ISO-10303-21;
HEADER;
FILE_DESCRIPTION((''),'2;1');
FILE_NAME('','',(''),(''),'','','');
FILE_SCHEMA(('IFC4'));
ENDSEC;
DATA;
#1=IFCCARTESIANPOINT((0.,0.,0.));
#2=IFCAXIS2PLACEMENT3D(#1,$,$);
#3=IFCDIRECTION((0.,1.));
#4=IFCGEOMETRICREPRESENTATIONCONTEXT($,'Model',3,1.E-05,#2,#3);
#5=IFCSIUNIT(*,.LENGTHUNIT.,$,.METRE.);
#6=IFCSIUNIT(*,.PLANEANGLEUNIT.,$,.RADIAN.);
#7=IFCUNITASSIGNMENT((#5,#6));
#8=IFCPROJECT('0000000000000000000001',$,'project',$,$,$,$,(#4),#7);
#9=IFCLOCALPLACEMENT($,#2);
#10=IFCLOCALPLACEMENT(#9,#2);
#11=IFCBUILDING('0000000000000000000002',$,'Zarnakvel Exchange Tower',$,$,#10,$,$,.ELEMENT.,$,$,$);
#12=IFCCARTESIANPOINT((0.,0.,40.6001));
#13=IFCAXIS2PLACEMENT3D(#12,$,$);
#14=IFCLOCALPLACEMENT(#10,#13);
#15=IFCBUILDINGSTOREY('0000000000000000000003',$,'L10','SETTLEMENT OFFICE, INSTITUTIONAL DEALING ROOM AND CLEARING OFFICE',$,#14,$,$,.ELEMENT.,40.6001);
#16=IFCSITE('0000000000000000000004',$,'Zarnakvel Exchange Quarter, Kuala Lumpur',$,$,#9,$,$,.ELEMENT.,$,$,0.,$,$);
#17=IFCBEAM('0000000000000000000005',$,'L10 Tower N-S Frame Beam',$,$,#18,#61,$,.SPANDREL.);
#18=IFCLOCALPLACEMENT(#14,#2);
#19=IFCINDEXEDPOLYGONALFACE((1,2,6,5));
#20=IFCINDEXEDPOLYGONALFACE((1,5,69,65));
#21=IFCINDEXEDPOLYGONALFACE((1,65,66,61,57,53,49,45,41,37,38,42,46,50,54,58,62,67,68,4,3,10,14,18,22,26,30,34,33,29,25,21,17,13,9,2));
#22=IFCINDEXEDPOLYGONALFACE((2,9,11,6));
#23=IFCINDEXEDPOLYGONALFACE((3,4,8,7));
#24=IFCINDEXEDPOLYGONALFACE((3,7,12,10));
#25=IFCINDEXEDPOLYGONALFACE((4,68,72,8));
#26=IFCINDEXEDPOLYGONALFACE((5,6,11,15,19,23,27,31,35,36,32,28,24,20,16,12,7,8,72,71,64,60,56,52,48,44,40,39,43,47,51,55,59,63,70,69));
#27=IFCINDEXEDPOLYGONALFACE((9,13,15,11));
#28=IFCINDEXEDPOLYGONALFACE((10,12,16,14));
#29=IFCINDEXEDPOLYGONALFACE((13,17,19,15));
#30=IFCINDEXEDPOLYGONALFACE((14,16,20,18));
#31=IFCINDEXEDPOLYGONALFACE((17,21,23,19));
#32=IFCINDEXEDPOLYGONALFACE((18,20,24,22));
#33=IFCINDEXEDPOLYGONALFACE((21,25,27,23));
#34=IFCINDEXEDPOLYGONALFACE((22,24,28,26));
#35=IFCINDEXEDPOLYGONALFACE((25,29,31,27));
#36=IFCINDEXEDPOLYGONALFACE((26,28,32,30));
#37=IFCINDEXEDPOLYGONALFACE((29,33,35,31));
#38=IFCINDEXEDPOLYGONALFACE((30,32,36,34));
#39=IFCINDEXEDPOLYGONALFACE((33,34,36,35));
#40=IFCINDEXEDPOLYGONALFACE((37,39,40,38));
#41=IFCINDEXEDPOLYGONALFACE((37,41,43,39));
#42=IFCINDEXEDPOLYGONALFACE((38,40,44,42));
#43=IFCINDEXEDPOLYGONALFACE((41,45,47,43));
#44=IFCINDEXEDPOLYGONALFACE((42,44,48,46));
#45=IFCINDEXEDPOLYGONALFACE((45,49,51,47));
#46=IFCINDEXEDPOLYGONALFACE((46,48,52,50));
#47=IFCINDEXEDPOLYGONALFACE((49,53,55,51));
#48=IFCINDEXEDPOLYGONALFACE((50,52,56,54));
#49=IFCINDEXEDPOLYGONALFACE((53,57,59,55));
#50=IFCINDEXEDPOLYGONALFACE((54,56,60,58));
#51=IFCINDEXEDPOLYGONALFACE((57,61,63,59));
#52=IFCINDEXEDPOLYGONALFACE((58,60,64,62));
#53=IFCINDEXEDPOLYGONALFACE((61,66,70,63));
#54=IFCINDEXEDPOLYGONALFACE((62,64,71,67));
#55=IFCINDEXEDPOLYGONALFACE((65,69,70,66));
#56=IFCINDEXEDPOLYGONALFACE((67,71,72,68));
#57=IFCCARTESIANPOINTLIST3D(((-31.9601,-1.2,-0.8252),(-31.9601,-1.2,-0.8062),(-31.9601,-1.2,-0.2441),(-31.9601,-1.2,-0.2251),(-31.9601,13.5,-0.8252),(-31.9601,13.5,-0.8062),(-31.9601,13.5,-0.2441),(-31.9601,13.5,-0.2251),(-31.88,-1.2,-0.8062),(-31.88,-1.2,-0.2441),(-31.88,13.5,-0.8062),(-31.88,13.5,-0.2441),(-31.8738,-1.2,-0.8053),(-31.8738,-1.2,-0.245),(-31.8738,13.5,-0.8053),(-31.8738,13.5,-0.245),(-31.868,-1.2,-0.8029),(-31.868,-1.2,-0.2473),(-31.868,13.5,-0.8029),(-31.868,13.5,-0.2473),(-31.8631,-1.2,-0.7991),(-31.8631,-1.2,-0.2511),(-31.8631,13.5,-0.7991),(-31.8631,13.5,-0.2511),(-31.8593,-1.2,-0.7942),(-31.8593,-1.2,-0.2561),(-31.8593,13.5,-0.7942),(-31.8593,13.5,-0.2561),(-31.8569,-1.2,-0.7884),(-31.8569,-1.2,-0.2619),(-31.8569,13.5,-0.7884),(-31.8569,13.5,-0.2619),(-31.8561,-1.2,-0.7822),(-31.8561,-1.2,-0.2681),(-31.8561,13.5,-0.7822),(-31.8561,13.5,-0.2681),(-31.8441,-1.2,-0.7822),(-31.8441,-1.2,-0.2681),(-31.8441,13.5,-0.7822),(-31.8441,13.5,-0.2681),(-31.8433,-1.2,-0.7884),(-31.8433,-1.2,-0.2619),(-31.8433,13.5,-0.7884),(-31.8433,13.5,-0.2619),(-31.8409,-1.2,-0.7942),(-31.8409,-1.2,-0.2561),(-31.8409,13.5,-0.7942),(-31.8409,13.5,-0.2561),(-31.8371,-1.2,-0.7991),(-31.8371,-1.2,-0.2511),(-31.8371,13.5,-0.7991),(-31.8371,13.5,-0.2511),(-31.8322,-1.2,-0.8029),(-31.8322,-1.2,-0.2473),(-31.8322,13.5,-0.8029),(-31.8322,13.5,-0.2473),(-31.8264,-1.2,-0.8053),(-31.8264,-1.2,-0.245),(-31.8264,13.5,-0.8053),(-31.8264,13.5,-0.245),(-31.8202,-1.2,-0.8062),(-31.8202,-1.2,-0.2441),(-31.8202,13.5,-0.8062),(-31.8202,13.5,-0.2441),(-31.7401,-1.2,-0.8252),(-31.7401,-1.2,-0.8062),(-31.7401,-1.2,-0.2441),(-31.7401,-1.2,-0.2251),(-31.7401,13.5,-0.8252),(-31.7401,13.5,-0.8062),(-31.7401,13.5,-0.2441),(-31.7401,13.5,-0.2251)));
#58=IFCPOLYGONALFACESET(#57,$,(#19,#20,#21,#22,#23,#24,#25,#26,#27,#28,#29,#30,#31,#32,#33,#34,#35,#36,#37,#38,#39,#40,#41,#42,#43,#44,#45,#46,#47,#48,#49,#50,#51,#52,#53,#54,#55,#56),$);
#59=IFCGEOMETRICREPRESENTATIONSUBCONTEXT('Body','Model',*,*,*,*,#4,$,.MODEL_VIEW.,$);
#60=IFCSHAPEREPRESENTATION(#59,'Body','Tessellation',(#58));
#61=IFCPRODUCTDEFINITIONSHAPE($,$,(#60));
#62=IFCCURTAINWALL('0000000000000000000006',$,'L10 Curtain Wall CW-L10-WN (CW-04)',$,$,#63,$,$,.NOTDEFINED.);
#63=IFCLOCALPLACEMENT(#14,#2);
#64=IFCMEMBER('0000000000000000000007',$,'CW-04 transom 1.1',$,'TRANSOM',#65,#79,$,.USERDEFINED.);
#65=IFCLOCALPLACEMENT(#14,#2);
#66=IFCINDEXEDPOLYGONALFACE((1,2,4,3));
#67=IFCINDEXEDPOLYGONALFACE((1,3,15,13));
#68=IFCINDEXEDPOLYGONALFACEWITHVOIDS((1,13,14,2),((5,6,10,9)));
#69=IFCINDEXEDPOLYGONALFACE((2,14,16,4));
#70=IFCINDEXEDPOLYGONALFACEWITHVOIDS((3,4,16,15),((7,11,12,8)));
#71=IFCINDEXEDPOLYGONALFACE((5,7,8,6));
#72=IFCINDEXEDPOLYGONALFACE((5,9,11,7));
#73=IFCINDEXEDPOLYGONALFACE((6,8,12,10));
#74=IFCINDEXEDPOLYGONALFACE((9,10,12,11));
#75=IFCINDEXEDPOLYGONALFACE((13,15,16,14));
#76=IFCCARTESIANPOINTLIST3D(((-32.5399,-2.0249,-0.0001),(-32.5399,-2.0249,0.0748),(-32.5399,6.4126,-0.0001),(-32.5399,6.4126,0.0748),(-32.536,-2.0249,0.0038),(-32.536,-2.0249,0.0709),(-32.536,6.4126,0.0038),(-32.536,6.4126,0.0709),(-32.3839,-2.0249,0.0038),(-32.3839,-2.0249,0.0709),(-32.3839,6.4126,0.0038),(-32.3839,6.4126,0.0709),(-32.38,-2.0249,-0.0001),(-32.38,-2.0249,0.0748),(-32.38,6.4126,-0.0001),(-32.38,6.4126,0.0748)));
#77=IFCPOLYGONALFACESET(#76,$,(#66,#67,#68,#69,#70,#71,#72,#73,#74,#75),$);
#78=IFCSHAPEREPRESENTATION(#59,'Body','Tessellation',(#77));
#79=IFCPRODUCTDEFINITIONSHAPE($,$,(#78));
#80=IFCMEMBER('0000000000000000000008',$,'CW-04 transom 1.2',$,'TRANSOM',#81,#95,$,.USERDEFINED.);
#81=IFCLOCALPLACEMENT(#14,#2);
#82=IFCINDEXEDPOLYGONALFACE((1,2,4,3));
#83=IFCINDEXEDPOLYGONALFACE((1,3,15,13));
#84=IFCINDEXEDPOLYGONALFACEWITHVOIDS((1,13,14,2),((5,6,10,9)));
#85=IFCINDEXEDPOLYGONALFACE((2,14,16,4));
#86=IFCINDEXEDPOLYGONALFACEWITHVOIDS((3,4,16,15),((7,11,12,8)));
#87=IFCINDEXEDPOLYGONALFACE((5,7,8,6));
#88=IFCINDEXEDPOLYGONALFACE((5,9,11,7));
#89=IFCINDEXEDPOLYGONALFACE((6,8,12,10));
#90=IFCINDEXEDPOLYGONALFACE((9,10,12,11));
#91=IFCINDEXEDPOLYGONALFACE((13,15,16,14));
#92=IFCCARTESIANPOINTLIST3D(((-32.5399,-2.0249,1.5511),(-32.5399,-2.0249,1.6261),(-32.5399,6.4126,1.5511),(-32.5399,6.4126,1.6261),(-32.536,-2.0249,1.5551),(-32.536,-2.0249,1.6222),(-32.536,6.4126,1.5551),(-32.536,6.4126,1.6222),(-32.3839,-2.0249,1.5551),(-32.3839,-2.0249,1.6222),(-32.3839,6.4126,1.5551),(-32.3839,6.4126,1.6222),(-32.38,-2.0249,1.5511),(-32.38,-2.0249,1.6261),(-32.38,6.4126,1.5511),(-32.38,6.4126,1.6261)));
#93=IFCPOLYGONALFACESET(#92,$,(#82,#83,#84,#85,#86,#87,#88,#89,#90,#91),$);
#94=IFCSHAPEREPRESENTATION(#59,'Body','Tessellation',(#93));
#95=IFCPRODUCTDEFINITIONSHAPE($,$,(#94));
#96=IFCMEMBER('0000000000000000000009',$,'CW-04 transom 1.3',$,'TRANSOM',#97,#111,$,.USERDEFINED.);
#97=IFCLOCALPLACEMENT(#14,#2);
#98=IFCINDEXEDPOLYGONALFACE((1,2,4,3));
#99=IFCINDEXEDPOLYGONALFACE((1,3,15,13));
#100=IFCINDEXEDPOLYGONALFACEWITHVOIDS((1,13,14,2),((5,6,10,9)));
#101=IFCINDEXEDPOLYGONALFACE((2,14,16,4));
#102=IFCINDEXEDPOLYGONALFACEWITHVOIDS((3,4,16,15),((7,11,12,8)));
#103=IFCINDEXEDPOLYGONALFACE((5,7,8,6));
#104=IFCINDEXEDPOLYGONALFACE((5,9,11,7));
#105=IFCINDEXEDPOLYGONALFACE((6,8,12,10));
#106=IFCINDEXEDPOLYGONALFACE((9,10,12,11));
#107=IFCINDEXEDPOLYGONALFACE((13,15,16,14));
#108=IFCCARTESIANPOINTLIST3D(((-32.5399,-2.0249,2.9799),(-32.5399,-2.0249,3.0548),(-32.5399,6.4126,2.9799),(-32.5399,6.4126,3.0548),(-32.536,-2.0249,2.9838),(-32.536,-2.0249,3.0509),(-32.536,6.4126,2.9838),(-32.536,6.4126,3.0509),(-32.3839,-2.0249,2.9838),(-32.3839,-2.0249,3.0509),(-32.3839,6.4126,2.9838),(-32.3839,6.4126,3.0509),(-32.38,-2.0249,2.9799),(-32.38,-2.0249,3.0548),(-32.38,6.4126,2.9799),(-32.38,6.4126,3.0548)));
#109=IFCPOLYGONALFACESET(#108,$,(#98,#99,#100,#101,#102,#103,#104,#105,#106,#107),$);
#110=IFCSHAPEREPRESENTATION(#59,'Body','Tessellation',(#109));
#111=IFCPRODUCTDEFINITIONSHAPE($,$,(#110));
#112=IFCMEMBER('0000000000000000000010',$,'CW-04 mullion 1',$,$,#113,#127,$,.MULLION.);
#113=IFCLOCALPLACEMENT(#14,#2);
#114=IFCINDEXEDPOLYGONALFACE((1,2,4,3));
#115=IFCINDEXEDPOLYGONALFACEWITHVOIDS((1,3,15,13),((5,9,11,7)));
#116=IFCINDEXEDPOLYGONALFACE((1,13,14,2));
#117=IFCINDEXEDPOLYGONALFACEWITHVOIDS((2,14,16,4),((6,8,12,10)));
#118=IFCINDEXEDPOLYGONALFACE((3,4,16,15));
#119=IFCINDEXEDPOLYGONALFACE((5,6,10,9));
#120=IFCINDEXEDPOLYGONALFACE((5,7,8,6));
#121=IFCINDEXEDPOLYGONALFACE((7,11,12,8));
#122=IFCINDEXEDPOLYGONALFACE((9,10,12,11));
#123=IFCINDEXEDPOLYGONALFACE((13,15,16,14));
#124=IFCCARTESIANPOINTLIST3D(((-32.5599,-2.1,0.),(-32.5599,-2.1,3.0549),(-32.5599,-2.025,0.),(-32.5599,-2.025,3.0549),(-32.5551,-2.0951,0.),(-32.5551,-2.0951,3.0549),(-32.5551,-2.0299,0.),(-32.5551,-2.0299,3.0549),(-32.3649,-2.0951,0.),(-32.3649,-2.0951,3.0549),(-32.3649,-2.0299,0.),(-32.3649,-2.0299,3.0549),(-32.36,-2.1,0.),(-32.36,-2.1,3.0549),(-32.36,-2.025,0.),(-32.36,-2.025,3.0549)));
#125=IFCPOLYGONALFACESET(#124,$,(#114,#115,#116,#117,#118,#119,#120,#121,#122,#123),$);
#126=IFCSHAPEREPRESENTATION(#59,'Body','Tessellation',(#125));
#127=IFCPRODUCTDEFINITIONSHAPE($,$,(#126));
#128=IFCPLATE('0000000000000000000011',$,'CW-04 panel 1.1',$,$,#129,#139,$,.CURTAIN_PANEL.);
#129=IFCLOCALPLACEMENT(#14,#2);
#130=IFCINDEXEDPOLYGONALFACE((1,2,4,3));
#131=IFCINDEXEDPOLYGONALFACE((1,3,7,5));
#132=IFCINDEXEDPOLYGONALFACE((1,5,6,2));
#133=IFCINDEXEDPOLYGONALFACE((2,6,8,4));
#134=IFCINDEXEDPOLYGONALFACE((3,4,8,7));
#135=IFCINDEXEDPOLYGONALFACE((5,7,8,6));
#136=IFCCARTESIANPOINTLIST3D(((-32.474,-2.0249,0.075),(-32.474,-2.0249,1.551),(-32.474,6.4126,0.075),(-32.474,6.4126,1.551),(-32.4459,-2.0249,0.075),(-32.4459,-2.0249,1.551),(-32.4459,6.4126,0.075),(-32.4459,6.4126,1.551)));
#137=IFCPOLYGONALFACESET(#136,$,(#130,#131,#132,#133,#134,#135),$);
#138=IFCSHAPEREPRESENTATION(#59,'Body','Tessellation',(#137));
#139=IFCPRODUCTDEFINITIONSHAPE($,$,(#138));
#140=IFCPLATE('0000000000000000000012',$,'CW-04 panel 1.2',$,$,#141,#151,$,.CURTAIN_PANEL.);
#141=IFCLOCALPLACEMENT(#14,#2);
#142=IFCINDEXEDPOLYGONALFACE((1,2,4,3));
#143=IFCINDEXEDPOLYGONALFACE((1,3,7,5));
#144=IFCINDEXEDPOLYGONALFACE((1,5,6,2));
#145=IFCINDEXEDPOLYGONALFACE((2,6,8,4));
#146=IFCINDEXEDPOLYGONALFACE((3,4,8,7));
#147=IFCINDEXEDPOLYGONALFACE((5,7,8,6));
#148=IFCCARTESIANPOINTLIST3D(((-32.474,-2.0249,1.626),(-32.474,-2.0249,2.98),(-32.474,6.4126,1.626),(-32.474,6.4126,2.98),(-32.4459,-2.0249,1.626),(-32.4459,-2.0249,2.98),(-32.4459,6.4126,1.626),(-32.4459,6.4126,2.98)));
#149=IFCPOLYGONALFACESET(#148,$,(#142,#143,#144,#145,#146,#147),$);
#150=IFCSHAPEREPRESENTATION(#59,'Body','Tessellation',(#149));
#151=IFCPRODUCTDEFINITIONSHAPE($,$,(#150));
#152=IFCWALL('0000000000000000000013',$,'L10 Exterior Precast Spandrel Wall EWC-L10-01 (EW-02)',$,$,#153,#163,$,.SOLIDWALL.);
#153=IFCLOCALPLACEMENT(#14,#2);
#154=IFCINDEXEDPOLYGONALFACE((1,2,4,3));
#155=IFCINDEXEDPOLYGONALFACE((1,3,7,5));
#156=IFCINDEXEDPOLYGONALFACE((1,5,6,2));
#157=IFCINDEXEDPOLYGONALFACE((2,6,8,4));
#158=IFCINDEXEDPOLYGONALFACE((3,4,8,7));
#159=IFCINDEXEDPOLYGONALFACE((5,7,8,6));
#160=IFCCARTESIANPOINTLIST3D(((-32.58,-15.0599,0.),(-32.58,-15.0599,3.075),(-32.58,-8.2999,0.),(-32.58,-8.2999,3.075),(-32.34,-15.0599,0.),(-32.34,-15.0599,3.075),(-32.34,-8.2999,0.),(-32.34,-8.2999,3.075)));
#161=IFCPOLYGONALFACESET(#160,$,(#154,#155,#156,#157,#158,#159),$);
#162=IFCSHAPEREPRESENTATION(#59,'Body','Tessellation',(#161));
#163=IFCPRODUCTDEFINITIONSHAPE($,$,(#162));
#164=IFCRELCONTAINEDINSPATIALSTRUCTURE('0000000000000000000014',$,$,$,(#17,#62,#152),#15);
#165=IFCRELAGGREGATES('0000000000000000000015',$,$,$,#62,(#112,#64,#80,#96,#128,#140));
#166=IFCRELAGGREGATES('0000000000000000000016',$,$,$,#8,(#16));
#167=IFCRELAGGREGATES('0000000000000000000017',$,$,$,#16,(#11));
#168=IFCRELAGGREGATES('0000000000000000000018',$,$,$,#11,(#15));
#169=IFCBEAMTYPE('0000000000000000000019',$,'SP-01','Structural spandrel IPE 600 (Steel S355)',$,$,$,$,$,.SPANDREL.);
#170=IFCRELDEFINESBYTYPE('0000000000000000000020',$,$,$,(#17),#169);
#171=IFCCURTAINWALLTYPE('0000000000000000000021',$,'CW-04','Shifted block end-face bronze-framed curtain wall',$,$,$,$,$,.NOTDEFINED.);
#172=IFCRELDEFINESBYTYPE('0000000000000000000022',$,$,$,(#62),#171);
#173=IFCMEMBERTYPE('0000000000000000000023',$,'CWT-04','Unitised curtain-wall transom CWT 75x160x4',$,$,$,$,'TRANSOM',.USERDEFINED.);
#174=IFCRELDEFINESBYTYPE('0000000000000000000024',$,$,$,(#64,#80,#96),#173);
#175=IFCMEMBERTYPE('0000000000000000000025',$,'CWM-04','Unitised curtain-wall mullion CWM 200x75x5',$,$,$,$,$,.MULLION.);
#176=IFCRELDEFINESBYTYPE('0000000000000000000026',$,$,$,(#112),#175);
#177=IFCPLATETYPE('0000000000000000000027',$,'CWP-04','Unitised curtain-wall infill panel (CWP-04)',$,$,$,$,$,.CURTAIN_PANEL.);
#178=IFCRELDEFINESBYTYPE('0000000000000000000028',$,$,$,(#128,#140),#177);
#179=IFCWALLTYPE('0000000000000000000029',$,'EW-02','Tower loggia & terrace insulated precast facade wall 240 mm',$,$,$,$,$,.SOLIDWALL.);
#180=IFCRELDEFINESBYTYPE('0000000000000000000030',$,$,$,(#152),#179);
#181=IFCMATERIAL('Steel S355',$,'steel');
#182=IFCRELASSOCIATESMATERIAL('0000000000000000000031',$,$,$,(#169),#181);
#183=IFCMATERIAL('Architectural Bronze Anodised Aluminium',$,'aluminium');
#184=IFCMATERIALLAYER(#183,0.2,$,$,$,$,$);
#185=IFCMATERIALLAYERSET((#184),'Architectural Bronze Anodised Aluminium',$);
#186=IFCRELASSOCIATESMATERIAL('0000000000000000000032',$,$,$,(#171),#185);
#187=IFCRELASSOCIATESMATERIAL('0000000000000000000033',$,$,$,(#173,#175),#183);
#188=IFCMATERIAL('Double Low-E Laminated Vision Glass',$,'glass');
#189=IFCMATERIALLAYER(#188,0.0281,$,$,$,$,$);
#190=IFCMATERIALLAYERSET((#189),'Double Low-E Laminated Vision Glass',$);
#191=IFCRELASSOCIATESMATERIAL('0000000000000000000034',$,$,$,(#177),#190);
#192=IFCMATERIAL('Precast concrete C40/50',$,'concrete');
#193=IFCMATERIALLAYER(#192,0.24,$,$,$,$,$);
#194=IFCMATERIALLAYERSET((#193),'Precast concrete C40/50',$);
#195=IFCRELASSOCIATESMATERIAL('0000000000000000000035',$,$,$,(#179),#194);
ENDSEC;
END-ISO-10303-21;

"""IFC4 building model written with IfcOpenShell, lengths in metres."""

from ifc_helpers import new_model, si_unit, direction, frame, frame_2d, origin, origin_2d, place, context, subcontext, project, spatial, rectangle, hollow_rectangle, i_section, extrude, source, transform, mapped, material, layer, layer_set, material_profile, profile_set, type_object, element, aggregate, save


model = new_model("IFC4")

# Units and contexts
model_context = context("Model", 3, precision=1e-05, world=origin(), true_north=direction((0.0, 1.0)))
body_context = subcontext(model_context, "Body", "Model", "MODEL_VIEW")
ifc_project = project(units=[si_unit("LENGTHUNIT", "METRE"), si_unit("PLANEANGLEUNIT", "RADIAN")], contexts=[model_context])

# Site, building, storey
site_placement = place(None, origin())
site = spatial("IfcSite", under=ifc_project, at=site_placement, Name="Zarnakvel Exchange Quarter, Kuala Lumpur", CompositionType="ELEMENT", RefElevation=0.0)
building_placement = place(site_placement, origin())
building = spatial("IfcBuilding", under=site, at=building_placement, Name="Zarnakvel Exchange Tower", CompositionType="ELEMENT")
storey_placement = place(building_placement, frame((0.0, 0.0, 40.6001)))
storey = spatial("IfcBuildingStorey", under=building, at=storey_placement, Name="L10", Description="SETTLEMENT OFFICE, INSTITUTIONAL DEALING ROOM AND CLEARING OFFICE", CompositionType="ELEMENT", Elevation=40.6001)

# Shared definitions
ifc_material_1 = material(Name="Steel S355", Category="steel")

# Beam
ifc_material_profile_1 = material_profile(ifc_material_1, i_section(OverallWidth=0.22, OverallDepth=0.6001, WebThickness=0.012, FlangeThickness=0.019, FilletRadius=0.0239, at=origin_2d()))
ifc_profile_set_1 = profile_set([ifc_material_profile_1], Name="Steel S355")
beam_type_1 = type_object("IfcBeamType", Name="SP-01", Description="Structural spandrel IPE 600 (Steel S355)", PredefinedType="SPANDREL", material=ifc_profile_set_1)
beam_1_placement = place(storey_placement, frame((-31.8501, -1.2, -0.5251), z_axis=(0.0, 1.0, 0.0), x_axis=(-1.0, 0.0, 0.0)))
element("IfcBeam", 1, at=beam_1_placement, inside=storey, type_object=beam_type_1, Name="L10 Tower N-S Frame Beam", PredefinedType="SPANDREL", context=body_context, shape_type="SweptSolid", body=[
    extrude(i_section(OverallWidth=0.22, OverallDepth=0.6001, WebThickness=0.012, FlangeThickness=0.019, FilletRadius=0.0239, at=origin_2d()), origin(), (0.0, 0.0, 1.0), 14.7),
])

# Curtain wall, members, plates
ifc_material_2 = material(Name="Architectural Bronze Anodised Aluminium", Category="aluminium")
ifc_layer_1 = layer(ifc_material_2, 0.2)
ifc_layer_set_1 = layer_set([ifc_layer_1], Name="Architectural Bronze Anodised Aluminium")
curtain_wall_type = type_object("IfcCurtainWallType", Name="CW-04", Description="Shifted block end-face bronze-framed curtain wall", PredefinedType="NOTDEFINED", material=ifc_layer_set_1)
curtain_wall_placement = place(storey_placement, origin())
curtain_wall = element("IfcCurtainWall", 2, at=curtain_wall_placement, inside=storey, type_object=curtain_wall_type, Name="L10 Curtain Wall CW-L10-WN (CW-04)", PredefinedType="NOTDEFINED")
ifc_material_profile_2 = material_profile(ifc_material_2, hollow_rectangle(XDim=0.1599, YDim=0.075, WallThickness=0.0039, at=origin_2d()))
ifc_profile_set_2 = profile_set([ifc_material_profile_2], Name="Architectural Bronze Anodised Aluminium")
member_type_1 = type_object("IfcMemberType", Name="CWT-04", Description="Unitised curtain-wall transom CWT 75x160x4", ElementType="TRANSOM", PredefinedType="USERDEFINED", material=ifc_profile_set_2)
shared_shape_1 = source(origin(), body_context, "Body", "SweptSolid", [
    extrude(hollow_rectangle(XDim=0.1599, YDim=0.075, WallThickness=0.0039, at=origin_2d()), origin(), (0.0, 0.0, 1.0), 8.4375),
])
member_1_placement = place(storey_placement, frame((-32.46, -2.0249, 0.0374), z_axis=(0.0, 1.0, 0.0), x_axis=(-1.0, 0.0, 0.0)))
member_1 = element("IfcMember", 3, at=member_1_placement, type_object=member_type_1, Name="CW-04 transom 1.1", ObjectType="TRANSOM", PredefinedType="USERDEFINED", context=body_context, shape_type="MappedRepresentation", body=[
    mapped(shared_shape_1, transform((0.0, 0.0, 0.0), x_axis=(1.0, 0.0, 0.0), y_axis=(0.0, 1.0, 0.0), z_axis=(0.0, 0.0, 1.0), scale=1.0)),
])
member_2_placement = place(storey_placement, frame((-32.46, -2.0249, 1.5886), z_axis=(0.0, 1.0, 0.0), x_axis=(-1.0, 0.0, 0.0)))
member_2 = element("IfcMember", 4, at=member_2_placement, type_object=member_type_1, Name="CW-04 transom 1.2", ObjectType="TRANSOM", PredefinedType="USERDEFINED", context=body_context, shape_type="MappedRepresentation", body=[
    mapped(shared_shape_1, transform((0.0, 0.0, 0.0), x_axis=(1.0, 0.0, 0.0), y_axis=(0.0, 1.0, 0.0), z_axis=(0.0, 0.0, 1.0), scale=1.0)),
])
member_3_placement = place(storey_placement, frame((-32.46, -2.0249, 3.0173), z_axis=(0.0, 1.0, 0.0), x_axis=(-1.0, 0.0, 0.0)))
member_3 = element("IfcMember", 5, at=member_3_placement, type_object=member_type_1, Name="CW-04 transom 1.3", ObjectType="TRANSOM", PredefinedType="USERDEFINED", context=body_context, shape_type="MappedRepresentation", body=[
    mapped(shared_shape_1, transform((0.0, 0.0, 0.0), x_axis=(1.0, 0.0, 0.0), y_axis=(0.0, 1.0, 0.0), z_axis=(0.0, 0.0, 1.0), scale=1.0)),
])
ifc_material_profile_3 = material_profile(ifc_material_2, hollow_rectangle(XDim=0.2, YDim=0.075, WallThickness=0.0049, at=origin_2d()))
ifc_profile_set_3 = profile_set([ifc_material_profile_3], Name="Architectural Bronze Anodised Aluminium")
member_type_2 = type_object("IfcMemberType", Name="CWM-04", Description="Unitised curtain-wall mullion CWM 200x75x5", PredefinedType="MULLION", material=ifc_profile_set_3)
shared_shape_2 = source(origin(), body_context, "Body", "SweptSolid", [
    extrude(hollow_rectangle(XDim=0.2, YDim=0.075, WallThickness=0.0049, at=origin_2d()), origin(), (0.0, 0.0, 1.0), 3.0549),
])
member_4_placement = place(storey_placement, frame((-32.46, -2.0625, 0.0), z_axis=(0.0, 0.0, 1.0), x_axis=(-1.0, 0.0, 0.0)))
member_4 = element("IfcMember", 6, at=member_4_placement, type_object=member_type_2, Name="CW-04 mullion 1", PredefinedType="MULLION", context=body_context, shape_type="MappedRepresentation", body=[
    mapped(shared_shape_2, transform((0.0, 0.0, 0.0), x_axis=(1.0, 0.0, 0.0), y_axis=(0.0, 1.0, 0.0), z_axis=(0.0, 0.0, 1.0), scale=1.0)),
])
ifc_material_3 = material(Name="Double Low-E Laminated Vision Glass", Category="glass")
ifc_layer_2 = layer(ifc_material_3, 0.0281)
ifc_layer_set_2 = layer_set([ifc_layer_2], Name="Double Low-E Laminated Vision Glass")
plate_type = type_object("IfcPlateType", Name="CWP-04", Description="Unitised curtain-wall infill panel (CWP-04)", PredefinedType="CURTAIN_PANEL", material=ifc_layer_set_2)
shared_shape_3 = source(origin(), body_context, "Body", "SweptSolid", [
    extrude(rectangle(XDim=8.4375, YDim=0.0281, at=origin_2d()), origin(), (0.0, 0.0, 1.0), 1.4761),
])
plate_1_placement = place(storey_placement, frame((-32.46, 2.1938, 0.075), z_axis=(0.0, 0.0, 1.0), x_axis=(0.0, 1.0, 0.0)))
plate_1 = element("IfcPlate", 7, at=plate_1_placement, type_object=plate_type, Name="CW-04 panel 1.1", PredefinedType="CURTAIN_PANEL", context=body_context, shape_type="MappedRepresentation", body=[
    mapped(shared_shape_3, transform((0.0, 0.0, 0.0), x_axis=(1.0, 0.0, 0.0), y_axis=(0.0, 1.0, 0.0), z_axis=(0.0, 0.0, 1.0), scale=1.0)),
])
shared_shape_4 = source(origin(), body_context, "Body", "SweptSolid", [
    extrude(rectangle(XDim=8.4375, YDim=0.0281, at=origin_2d()), origin(), (0.0, 0.0, 1.0), 1.354),
])
plate_2_placement = place(storey_placement, frame((-32.46, 2.1938, 1.626), z_axis=(0.0, 0.0, 1.0), x_axis=(0.0, 1.0, 0.0)))
plate_2 = element("IfcPlate", 8, at=plate_2_placement, type_object=plate_type, Name="CW-04 panel 1.2", PredefinedType="CURTAIN_PANEL", context=body_context, shape_type="MappedRepresentation", body=[
    mapped(shared_shape_4, transform((0.0, 0.0, 0.0), x_axis=(1.0, 0.0, 0.0), y_axis=(0.0, 1.0, 0.0), z_axis=(0.0, 0.0, 1.0), scale=1.0)),
])
aggregate(curtain_wall, [member_4, member_1, member_2, member_3, plate_1, plate_2])

# Wall
ifc_material_4 = material(Name="Precast concrete C40/50", Category="concrete")
ifc_layer_3 = layer(ifc_material_4, 0.24)
ifc_layer_set_3 = layer_set([ifc_layer_3], Name="Precast concrete C40/50")
wall_type_1 = type_object("IfcWallType", Name="EW-02", Description="Tower loggia & terrace insulated precast facade wall 240 mm", PredefinedType="SOLIDWALL", material=ifc_layer_set_3)
wall_1_placement = place(storey_placement, frame((-32.46, -8.3, 0.0), z_axis=(0.0, 0.0, 1.0), x_axis=(0.0, -1.0, 0.0)))
element("IfcWall", 9, at=wall_1_placement, inside=storey, type_object=wall_type_1, Name="L10 Exterior Precast Spandrel Wall EWC-L10-01 (EW-02)", PredefinedType="SOLIDWALL", context=body_context, shape_type="SweptSolid", body=[
    extrude(rectangle(XDim=6.76, YDim=0.24, at=frame_2d((3.3799, 0.0))), origin(), (0.0, 0.0, 1.0), 3.075),
])

save(model, "model.ifc")
